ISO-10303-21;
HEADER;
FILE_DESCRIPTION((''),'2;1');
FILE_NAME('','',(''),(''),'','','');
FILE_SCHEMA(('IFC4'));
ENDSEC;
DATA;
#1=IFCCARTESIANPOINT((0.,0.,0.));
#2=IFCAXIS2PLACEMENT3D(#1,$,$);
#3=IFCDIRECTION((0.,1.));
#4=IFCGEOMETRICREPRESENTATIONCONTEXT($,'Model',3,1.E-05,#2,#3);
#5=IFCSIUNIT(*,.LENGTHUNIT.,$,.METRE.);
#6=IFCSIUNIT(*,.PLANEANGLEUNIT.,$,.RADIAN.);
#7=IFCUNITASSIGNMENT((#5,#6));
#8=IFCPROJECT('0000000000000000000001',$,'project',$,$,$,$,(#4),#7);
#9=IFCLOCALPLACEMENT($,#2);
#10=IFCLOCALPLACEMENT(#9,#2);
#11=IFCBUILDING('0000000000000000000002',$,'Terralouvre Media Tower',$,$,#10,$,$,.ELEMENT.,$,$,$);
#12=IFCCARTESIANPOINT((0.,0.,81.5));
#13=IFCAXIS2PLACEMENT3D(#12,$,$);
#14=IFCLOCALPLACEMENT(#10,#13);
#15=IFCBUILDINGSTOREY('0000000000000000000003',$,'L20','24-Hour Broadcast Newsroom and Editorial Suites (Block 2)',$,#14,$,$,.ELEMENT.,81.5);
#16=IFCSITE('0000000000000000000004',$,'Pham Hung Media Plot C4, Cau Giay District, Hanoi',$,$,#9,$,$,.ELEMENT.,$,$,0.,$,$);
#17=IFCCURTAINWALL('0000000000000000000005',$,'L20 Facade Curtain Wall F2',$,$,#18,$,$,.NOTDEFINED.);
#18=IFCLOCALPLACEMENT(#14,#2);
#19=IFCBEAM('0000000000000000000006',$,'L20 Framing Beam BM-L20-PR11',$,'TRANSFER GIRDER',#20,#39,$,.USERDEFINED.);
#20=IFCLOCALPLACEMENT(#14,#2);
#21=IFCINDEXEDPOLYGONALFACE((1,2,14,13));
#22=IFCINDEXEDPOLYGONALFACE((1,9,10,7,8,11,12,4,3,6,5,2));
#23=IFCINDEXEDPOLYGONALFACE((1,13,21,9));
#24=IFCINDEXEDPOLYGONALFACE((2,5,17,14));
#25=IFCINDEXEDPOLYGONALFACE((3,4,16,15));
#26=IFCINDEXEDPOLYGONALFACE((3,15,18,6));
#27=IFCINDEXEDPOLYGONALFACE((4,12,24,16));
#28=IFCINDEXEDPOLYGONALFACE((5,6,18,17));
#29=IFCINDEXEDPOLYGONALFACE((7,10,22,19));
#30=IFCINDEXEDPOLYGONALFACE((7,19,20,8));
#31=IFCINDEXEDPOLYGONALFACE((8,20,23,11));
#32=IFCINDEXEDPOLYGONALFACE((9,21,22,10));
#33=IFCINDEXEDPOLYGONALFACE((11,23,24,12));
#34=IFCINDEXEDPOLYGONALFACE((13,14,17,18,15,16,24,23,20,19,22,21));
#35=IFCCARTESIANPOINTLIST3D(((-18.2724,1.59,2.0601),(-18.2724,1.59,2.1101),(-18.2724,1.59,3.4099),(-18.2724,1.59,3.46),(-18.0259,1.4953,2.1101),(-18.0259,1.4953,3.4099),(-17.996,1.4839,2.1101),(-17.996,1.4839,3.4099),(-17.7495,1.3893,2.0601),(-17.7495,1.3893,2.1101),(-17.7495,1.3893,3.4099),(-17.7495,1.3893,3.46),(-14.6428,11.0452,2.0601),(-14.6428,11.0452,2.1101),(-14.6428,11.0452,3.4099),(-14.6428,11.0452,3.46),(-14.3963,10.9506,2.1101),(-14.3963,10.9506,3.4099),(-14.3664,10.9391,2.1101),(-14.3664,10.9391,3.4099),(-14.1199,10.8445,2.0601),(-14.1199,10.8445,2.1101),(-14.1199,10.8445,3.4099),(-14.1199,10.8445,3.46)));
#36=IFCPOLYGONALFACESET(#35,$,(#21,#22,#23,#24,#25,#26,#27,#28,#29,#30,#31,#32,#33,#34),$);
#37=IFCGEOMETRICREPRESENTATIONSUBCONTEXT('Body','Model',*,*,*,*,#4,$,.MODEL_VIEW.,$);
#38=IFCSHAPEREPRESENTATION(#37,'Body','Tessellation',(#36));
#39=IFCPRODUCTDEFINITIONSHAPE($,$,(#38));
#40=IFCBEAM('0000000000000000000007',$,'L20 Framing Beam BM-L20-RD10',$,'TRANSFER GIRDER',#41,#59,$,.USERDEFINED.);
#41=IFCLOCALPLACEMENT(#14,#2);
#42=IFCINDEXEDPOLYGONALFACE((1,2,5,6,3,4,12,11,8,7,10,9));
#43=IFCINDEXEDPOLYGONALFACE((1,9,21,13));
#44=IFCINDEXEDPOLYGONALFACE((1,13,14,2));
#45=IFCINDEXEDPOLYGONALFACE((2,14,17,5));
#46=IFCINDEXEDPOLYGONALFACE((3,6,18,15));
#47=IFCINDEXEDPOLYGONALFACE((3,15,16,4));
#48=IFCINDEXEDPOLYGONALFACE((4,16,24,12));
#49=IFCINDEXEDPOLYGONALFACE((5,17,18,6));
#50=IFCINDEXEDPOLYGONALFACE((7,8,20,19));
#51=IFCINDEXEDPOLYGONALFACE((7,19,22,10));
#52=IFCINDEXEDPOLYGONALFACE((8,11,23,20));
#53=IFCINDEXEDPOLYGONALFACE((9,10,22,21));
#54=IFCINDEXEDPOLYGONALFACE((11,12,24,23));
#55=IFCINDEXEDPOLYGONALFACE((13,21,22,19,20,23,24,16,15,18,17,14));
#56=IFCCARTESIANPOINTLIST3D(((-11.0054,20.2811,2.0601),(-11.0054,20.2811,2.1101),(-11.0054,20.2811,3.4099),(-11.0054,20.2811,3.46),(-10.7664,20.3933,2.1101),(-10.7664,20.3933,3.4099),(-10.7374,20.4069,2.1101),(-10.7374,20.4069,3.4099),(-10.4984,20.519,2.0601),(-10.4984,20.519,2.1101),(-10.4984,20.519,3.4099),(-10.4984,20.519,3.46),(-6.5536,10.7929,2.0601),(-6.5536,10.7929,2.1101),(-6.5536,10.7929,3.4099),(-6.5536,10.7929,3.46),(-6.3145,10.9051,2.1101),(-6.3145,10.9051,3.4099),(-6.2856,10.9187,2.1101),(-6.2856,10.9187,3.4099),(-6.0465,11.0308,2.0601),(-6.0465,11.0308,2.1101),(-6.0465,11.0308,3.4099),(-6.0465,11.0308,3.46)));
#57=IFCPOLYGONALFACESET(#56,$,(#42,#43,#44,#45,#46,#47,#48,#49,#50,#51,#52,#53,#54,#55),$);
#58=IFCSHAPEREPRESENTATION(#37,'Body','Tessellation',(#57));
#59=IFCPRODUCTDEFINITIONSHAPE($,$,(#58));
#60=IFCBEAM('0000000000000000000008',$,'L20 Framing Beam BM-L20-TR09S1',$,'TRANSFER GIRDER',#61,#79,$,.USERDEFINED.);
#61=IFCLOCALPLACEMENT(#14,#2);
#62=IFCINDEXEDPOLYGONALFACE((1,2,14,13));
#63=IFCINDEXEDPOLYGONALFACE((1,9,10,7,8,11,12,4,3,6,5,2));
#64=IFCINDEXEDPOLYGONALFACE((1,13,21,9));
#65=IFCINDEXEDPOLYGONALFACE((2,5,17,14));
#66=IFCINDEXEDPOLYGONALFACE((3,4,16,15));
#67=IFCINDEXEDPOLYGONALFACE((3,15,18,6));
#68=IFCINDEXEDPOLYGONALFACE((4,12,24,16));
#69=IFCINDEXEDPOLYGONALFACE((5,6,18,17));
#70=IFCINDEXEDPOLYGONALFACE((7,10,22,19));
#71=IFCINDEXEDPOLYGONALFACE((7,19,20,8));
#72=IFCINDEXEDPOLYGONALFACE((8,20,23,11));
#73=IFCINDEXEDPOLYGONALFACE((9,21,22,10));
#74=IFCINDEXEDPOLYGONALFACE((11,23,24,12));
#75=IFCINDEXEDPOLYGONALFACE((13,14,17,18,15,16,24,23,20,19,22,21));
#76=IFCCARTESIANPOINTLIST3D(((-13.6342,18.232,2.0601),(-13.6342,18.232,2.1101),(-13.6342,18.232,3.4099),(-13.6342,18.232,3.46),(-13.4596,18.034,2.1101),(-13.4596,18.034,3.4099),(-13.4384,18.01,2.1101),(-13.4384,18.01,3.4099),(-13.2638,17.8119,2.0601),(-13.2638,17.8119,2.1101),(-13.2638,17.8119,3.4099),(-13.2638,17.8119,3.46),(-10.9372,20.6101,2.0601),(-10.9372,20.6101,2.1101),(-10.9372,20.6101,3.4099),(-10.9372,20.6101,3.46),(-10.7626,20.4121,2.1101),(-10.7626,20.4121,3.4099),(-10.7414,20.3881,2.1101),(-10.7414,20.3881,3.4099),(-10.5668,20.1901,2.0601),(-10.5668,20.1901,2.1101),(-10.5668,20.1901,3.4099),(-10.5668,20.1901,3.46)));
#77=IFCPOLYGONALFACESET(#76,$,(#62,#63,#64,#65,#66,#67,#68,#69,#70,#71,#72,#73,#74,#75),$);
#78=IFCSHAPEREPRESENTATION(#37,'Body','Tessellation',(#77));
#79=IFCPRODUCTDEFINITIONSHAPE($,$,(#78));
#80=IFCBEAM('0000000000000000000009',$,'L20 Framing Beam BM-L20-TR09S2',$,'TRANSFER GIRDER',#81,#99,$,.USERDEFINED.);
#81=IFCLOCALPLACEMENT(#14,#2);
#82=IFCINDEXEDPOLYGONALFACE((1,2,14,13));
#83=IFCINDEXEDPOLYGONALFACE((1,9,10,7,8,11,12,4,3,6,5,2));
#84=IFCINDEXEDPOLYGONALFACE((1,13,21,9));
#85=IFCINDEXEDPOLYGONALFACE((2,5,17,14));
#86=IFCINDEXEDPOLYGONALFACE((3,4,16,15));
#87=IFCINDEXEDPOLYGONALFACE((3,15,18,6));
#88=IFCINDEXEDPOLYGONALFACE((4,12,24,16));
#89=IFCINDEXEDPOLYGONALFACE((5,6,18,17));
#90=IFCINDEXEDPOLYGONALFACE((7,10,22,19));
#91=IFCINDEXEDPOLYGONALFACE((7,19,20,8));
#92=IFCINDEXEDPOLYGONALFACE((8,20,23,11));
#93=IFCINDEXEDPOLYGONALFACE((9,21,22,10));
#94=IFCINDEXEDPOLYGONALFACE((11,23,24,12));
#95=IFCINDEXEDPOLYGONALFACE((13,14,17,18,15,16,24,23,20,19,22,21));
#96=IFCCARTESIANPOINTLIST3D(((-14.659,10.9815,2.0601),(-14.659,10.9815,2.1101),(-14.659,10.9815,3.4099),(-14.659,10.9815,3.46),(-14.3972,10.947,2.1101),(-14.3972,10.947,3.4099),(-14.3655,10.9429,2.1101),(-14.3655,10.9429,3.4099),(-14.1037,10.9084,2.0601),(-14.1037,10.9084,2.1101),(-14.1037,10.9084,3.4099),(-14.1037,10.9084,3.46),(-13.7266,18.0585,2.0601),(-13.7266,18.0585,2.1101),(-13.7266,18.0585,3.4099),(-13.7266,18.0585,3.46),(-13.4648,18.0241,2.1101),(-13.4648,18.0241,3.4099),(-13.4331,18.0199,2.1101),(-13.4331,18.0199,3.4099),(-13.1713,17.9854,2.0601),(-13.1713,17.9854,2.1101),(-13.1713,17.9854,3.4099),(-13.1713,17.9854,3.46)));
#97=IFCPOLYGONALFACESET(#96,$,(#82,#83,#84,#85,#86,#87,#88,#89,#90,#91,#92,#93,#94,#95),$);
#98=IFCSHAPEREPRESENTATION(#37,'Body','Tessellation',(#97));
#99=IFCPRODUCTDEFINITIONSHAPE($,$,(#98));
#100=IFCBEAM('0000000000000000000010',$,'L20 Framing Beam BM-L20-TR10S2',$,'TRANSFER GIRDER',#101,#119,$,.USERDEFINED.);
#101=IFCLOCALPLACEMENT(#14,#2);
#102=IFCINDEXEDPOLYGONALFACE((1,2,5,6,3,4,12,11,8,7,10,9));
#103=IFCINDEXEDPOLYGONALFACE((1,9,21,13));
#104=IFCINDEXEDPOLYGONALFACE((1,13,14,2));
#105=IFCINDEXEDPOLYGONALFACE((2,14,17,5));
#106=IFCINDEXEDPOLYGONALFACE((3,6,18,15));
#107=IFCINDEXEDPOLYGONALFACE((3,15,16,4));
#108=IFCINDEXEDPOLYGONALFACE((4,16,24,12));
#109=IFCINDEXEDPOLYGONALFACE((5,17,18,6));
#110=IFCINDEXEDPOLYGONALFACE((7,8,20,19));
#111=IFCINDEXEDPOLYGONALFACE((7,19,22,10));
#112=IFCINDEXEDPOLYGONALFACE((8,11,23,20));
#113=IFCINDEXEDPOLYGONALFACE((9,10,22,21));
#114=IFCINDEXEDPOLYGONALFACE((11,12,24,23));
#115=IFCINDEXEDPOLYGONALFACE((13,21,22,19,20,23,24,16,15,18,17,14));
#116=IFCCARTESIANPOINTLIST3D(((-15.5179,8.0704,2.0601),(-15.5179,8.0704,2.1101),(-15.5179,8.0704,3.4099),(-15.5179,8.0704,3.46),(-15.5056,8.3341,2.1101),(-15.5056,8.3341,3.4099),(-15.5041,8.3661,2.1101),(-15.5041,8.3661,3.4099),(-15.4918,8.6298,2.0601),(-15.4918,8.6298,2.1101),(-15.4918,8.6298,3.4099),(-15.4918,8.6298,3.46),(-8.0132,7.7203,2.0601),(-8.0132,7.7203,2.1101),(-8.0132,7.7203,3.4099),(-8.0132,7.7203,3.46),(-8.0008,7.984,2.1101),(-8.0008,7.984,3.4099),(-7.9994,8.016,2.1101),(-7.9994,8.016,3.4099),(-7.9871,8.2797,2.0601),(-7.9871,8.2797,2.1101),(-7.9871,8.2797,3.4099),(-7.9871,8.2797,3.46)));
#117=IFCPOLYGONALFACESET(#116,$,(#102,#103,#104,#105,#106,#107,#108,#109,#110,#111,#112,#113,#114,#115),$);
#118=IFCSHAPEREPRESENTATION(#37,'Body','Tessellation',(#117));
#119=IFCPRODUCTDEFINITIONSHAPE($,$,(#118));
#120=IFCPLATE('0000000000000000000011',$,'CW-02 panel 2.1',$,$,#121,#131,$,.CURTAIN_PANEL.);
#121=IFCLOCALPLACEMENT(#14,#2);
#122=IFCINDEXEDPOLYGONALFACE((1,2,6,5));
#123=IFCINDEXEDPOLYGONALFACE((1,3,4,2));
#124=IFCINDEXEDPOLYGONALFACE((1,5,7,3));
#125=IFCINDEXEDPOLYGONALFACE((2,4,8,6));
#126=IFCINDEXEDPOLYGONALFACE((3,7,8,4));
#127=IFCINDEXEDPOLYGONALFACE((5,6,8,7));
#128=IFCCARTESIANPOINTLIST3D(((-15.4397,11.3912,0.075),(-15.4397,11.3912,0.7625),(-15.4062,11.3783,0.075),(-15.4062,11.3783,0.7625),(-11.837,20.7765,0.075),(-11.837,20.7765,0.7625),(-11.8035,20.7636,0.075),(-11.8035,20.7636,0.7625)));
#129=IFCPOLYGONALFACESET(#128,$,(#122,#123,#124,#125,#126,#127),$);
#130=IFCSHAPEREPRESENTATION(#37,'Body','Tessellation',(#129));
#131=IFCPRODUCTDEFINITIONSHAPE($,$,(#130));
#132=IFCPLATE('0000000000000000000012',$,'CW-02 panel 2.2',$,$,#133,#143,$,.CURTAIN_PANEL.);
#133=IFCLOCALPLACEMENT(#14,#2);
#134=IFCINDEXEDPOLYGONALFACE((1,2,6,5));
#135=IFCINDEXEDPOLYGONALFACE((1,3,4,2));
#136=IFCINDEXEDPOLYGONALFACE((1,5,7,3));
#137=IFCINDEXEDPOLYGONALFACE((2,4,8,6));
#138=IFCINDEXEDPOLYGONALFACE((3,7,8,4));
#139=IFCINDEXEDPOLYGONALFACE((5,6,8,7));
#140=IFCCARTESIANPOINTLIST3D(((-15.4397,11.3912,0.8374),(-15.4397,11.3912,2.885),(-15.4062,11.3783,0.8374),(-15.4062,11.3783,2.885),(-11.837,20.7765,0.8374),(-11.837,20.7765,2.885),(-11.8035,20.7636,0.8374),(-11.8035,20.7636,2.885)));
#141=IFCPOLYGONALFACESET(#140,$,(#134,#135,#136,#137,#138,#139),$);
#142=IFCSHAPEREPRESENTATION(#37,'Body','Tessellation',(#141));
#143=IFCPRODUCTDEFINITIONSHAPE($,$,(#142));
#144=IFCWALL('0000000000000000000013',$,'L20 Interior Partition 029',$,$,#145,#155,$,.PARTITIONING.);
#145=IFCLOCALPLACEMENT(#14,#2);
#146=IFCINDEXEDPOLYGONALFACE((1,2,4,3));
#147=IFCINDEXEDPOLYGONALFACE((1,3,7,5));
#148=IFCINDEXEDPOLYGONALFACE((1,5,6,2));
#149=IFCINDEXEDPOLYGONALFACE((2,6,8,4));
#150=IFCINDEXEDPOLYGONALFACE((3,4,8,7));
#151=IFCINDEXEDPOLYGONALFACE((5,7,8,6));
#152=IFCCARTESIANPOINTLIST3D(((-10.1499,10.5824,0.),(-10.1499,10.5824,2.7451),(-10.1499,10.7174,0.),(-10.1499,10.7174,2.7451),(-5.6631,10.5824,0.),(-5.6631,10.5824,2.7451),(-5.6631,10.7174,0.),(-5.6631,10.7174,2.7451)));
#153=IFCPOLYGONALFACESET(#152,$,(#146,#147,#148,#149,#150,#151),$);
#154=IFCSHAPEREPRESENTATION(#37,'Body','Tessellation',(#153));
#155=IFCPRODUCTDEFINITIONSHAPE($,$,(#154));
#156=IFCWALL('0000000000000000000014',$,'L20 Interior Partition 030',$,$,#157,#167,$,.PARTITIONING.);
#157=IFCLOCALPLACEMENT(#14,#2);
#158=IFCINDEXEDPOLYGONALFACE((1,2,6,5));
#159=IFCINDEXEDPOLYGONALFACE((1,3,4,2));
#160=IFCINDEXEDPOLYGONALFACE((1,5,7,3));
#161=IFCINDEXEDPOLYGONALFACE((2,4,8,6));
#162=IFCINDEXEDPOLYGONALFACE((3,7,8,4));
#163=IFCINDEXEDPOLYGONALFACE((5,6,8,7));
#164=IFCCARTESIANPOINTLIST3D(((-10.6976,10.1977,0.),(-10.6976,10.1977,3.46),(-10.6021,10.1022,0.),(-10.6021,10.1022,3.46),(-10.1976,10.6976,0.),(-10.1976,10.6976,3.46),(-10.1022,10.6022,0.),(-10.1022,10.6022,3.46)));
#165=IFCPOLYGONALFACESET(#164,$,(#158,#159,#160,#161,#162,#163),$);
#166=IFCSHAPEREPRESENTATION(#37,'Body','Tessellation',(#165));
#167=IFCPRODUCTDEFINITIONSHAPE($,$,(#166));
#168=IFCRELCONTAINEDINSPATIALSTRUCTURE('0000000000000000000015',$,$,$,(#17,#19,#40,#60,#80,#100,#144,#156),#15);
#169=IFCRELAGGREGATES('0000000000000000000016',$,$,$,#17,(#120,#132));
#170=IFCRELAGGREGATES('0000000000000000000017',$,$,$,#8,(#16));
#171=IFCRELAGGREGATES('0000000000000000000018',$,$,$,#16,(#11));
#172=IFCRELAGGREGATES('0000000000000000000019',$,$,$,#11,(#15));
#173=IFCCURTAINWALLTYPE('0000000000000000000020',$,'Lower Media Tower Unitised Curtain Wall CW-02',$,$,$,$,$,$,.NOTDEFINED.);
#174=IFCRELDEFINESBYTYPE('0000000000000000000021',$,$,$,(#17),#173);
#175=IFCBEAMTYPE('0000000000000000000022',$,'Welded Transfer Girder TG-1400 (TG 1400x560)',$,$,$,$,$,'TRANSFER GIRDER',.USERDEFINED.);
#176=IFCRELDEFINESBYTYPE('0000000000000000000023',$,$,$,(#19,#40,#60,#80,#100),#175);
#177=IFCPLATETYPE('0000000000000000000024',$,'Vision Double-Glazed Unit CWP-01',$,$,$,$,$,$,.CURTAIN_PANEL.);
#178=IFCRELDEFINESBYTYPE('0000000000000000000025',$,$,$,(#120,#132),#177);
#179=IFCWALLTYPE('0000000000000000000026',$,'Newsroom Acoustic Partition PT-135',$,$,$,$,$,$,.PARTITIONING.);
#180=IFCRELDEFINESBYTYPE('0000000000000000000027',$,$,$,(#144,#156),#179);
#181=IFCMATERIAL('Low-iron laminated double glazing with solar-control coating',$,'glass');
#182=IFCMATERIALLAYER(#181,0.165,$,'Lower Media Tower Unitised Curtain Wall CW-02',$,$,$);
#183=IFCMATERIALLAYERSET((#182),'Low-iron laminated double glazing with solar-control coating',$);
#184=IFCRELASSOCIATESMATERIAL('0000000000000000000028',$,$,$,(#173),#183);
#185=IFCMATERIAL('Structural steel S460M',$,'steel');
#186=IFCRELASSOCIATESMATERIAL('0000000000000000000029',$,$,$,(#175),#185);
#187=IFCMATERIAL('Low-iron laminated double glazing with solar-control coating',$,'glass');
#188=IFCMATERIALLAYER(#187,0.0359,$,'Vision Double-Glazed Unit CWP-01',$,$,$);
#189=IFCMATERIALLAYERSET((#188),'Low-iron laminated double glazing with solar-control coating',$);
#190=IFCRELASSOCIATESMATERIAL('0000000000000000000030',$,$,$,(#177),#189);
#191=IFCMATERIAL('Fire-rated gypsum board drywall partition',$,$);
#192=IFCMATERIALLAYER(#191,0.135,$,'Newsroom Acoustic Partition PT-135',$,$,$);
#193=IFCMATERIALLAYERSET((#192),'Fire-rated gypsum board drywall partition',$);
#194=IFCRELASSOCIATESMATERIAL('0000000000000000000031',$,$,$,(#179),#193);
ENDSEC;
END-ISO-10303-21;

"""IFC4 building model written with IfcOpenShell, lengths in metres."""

from ifc_helpers import new_model, si_unit, direction, frame, frame_2d, origin, origin_2d, place, context, subcontext, project, spatial, rectangle, i_section, extrude, material, layer, layer_set, material_profile, profile_set, type_object, element, aggregate, save


model = new_model("IFC4")

# Units and contexts
model_context = context("Model", 3, precision=1e-05, world=origin(), true_north=direction((0.0, 1.0)))
body_context = subcontext(model_context, "Body", "Model", "MODEL_VIEW")
ifc_project = project(units=[si_unit("LENGTHUNIT", "METRE"), si_unit("PLANEANGLEUNIT", "RADIAN")], contexts=[model_context])

# Site, building, storey
site_placement = place(None, origin())
site = spatial("IfcSite", under=ifc_project, at=site_placement, Name="Pham Hung Media Plot C4, Cau Giay District, Hanoi", CompositionType="ELEMENT", RefElevation=0.0)
building_placement = place(site_placement, origin())
building = spatial("IfcBuilding", under=site, at=building_placement, Name="Terralouvre Media Tower", CompositionType="ELEMENT")
storey_placement = place(building_placement, frame((0.0, 0.0, 81.5)))
storey = spatial("IfcBuildingStorey", under=building, at=storey_placement, Name="L20", Description="24-Hour Broadcast Newsroom and Editorial Suites (Block 2)", CompositionType="ELEMENT", Elevation=81.5)

# Curtain wall
ifc_material_1 = material(Name="Low-iron laminated double glazing with solar-control coating", Category="glass")
ifc_layer_1 = layer(ifc_material_1, 0.165, Name="Lower Media Tower Unitised Curtain Wall CW-02")
ifc_layer_set_1 = layer_set([ifc_layer_1], Name="Low-iron laminated double glazing with solar-control coating")
curtain_wall_type = type_object("IfcCurtainWallType", Name="Lower Media Tower Unitised Curtain Wall CW-02", PredefinedType="NOTDEFINED", material=ifc_layer_set_1)
curtain_wall_placement = place(storey_placement, origin())
curtain_wall = element("IfcCurtainWall", 1, at=curtain_wall_placement, inside=storey, type_object=curtain_wall_type, Name="L20 Facade Curtain Wall F2", PredefinedType="NOTDEFINED")

# Beams
ifc_material_2 = material(Name="Structural steel S460M", Category="steel")
ifc_material_profile_1 = material_profile(ifc_material_2, i_section(OverallWidth=0.5601, OverallDepth=1.3999, WebThickness=0.032, FlangeThickness=0.05, at=origin_2d()), Name="TG 1400x560")
ifc_profile_set_1 = profile_set([ifc_material_profile_1], Name="Structural steel S460M")
beam_type_1 = type_object("IfcBeamType", Name="Welded Transfer Girder TG-1400 (TG 1400x560)", ElementType="TRANSFER GIRDER", PredefinedType="USERDEFINED", material=ifc_profile_set_1)
for number, where, z_axis, x_axis, name in (
    (2, (-14.3813, 10.9448, 2.76), (-0.358375, -0.933578, 0.0), (0.933578, -0.358375, 0.0), "L20 Framing Beam BM-L20-PR11"),
):
    element("IfcBeam", number, at=place(storey_placement, frame(where, z_axis=z_axis, x_axis=x_axis)), inside=storey, type_object=beam_type_1, Name=name, ObjectType="TRANSFER GIRDER", PredefinedType="USERDEFINED", context=body_context, shape_type="SweptSolid", body=[
        extrude(i_section(OverallWidth=0.5601, OverallDepth=1.3999, WebThickness=0.032, FlangeThickness=0.05, at=origin_2d()), origin(), (0.0, 0.0, 1.0), 10.1279),
    ])
beam_1_placement = place(storey_placement, frame((-6.3, 10.9119, 2.76), z_axis=(-0.424768, 0.905302, 0.0), x_axis=(-0.905302, -0.424768, 0.0)))
element("IfcBeam", 3, at=beam_1_placement, inside=storey, type_object=beam_type_1, Name="L20 Framing Beam BM-L20-RD10", ObjectType="TRANSFER GIRDER", PredefinedType="USERDEFINED", context=body_context, shape_type="SweptSolid", body=[
    extrude(i_section(OverallWidth=0.5601, OverallDepth=1.3999, WebThickness=0.032, FlangeThickness=0.05, at=origin_2d()), origin(), (0.0, 0.0, 1.0), 10.4807),
])
beam_2_placement = place(storey_placement, frame((-13.449, 18.022, 2.76), z_axis=(0.750052, 0.661379, 0.0), x_axis=(-0.661379, 0.750052, 0.0)))
element("IfcBeam", 4, at=beam_2_placement, inside=storey, type_object=beam_type_1, Name="L20 Framing Beam BM-L20-TR09S1", ObjectType="TRANSFER GIRDER", PredefinedType="USERDEFINED", context=body_context, shape_type="SweptSolid", body=[
    extrude(i_section(OverallWidth=0.5601, OverallDepth=1.3999, WebThickness=0.032, FlangeThickness=0.05, at=origin_2d()), origin(), (0.0, 0.0, 1.0), 3.5957),
])
beam_3_placement = place(storey_placement, frame((-13.449, 18.022, 2.76), z_axis=(-0.130616, -0.991433, 0.0), x_axis=(0.991433, -0.130616, 0.0)))
element("IfcBeam", 5, at=beam_3_placement, inside=storey, type_object=beam_type_1, Name="L20 Framing Beam BM-L20-TR09S2", ObjectType="TRANSFER GIRDER", PredefinedType="USERDEFINED", context=body_context, shape_type="SweptSolid", body=[
    extrude(i_section(OverallWidth=0.5601, OverallDepth=1.3999, WebThickness=0.032, FlangeThickness=0.05, at=origin_2d()), origin(), (0.0, 0.0, 1.0), 7.1382),
])
beam_4_placement = place(storey_placement, frame((-15.5049, 8.3501, 2.76), z_axis=(0.998914, -0.046599, 0.0), x_axis=(0.046599, 0.998914, 0.0)))
element("IfcBeam", 6, at=beam_4_placement, inside=storey, type_object=beam_type_1, Name="L20 Framing Beam BM-L20-TR10S2", ObjectType="TRANSFER GIRDER", PredefinedType="USERDEFINED", context=body_context, shape_type="SweptSolid", body=[
    extrude(i_section(OverallWidth=0.5601, OverallDepth=1.3999, WebThickness=0.032, FlangeThickness=0.05, at=origin_2d()), origin(), (0.0, 0.0, 1.0), 7.5129),
])

# Plates
ifc_material_3 = material(Name="Low-iron laminated double glazing with solar-control coating", Category="glass")
ifc_layer_2 = layer(ifc_material_3, 0.0359, Name="Vision Double-Glazed Unit CWP-01")
ifc_layer_set_2 = layer_set([ifc_layer_2], Name="Low-iron laminated double glazing with solar-control coating")
plate_type = type_object("IfcPlateType", Name="Vision Double-Glazed Unit CWP-01", PredefinedType="CURTAIN_PANEL", material=ifc_layer_set_2)
plate_1_placement = place(storey_placement, frame((-13.6216, 16.0774, 0.075), z_axis=(0.0, 0.0, 1.0), x_axis=(-0.358368, -0.93358, 0.0)))
plate_1 = element("IfcPlate", 7, at=plate_1_placement, type_object=plate_type, Name="CW-02 panel 2.1", PredefinedType="CURTAIN_PANEL", context=body_context, shape_type="SweptSolid", body=[
    extrude(rectangle(XDim=10.053, YDim=0.0359, at=origin_2d()), origin(), (0.0, 0.0, 1.0), 0.6875),
])
plate_2_placement = place(storey_placement, frame((-13.6216, 16.0774, 0.8374), z_axis=(0.0, 0.0, 1.0), x_axis=(-0.358368, -0.93358, 0.0)))
plate_2 = element("IfcPlate", 8, at=plate_2_placement, type_object=plate_type, Name="CW-02 panel 2.2", PredefinedType="CURTAIN_PANEL", context=body_context, shape_type="SweptSolid", body=[
    extrude(rectangle(XDim=10.053, YDim=0.0359, at=origin_2d()), origin(), (0.0, 0.0, 1.0), 2.0476),
])
aggregate(curtain_wall, [plate_1, plate_2])

# Walls
ifc_material_4 = material(Name="Fire-rated gypsum board drywall partition")
ifc_layer_3 = layer(ifc_material_4, 0.135, Name="Newsroom Acoustic Partition PT-135")
ifc_layer_set_3 = layer_set([ifc_layer_3], Name="Fire-rated gypsum board drywall partition")
wall_type_1 = type_object("IfcWallType", Name="Newsroom Acoustic Partition PT-135", PredefinedType="PARTITIONING", material=ifc_layer_set_3)
wall_1_placement = place(storey_placement, frame((-5.6631, 10.6499, 0.0), z_axis=(0.0, 0.0, 1.0), x_axis=(-1.0, 0.0, 0.0)))
element("IfcWall", 9, at=wall_1_placement, inside=storey, type_object=wall_type_1, Name="L20 Interior Partition 029", PredefinedType="PARTITIONING", context=body_context, shape_type="SweptSolid", body=[
    extrude(rectangle(XDim=4.4868, YDim=0.135, at=frame_2d((2.2434, 0.0))), origin(), (0.0, 0.0, 1.0), 2.7451),
])
wall_2_placement = place(storey_placement, frame((-10.1499, 10.6499, 0.0), z_axis=(0.0, 0.0, 1.0), x_axis=(-0.707107, -0.707107, 0.0)))
element("IfcWall", 10, at=wall_2_placement, inside=storey, type_object=wall_type_1, Name="L20 Interior Partition 030", PredefinedType="PARTITIONING", context=body_context, shape_type="SweptSolid", body=[
    extrude(rectangle(XDim=0.707, YDim=0.135, at=frame_2d((0.3535, 0.0))), origin(), (0.0, 0.0, 1.0), 3.46),
])

save(model, "model.ifc")
